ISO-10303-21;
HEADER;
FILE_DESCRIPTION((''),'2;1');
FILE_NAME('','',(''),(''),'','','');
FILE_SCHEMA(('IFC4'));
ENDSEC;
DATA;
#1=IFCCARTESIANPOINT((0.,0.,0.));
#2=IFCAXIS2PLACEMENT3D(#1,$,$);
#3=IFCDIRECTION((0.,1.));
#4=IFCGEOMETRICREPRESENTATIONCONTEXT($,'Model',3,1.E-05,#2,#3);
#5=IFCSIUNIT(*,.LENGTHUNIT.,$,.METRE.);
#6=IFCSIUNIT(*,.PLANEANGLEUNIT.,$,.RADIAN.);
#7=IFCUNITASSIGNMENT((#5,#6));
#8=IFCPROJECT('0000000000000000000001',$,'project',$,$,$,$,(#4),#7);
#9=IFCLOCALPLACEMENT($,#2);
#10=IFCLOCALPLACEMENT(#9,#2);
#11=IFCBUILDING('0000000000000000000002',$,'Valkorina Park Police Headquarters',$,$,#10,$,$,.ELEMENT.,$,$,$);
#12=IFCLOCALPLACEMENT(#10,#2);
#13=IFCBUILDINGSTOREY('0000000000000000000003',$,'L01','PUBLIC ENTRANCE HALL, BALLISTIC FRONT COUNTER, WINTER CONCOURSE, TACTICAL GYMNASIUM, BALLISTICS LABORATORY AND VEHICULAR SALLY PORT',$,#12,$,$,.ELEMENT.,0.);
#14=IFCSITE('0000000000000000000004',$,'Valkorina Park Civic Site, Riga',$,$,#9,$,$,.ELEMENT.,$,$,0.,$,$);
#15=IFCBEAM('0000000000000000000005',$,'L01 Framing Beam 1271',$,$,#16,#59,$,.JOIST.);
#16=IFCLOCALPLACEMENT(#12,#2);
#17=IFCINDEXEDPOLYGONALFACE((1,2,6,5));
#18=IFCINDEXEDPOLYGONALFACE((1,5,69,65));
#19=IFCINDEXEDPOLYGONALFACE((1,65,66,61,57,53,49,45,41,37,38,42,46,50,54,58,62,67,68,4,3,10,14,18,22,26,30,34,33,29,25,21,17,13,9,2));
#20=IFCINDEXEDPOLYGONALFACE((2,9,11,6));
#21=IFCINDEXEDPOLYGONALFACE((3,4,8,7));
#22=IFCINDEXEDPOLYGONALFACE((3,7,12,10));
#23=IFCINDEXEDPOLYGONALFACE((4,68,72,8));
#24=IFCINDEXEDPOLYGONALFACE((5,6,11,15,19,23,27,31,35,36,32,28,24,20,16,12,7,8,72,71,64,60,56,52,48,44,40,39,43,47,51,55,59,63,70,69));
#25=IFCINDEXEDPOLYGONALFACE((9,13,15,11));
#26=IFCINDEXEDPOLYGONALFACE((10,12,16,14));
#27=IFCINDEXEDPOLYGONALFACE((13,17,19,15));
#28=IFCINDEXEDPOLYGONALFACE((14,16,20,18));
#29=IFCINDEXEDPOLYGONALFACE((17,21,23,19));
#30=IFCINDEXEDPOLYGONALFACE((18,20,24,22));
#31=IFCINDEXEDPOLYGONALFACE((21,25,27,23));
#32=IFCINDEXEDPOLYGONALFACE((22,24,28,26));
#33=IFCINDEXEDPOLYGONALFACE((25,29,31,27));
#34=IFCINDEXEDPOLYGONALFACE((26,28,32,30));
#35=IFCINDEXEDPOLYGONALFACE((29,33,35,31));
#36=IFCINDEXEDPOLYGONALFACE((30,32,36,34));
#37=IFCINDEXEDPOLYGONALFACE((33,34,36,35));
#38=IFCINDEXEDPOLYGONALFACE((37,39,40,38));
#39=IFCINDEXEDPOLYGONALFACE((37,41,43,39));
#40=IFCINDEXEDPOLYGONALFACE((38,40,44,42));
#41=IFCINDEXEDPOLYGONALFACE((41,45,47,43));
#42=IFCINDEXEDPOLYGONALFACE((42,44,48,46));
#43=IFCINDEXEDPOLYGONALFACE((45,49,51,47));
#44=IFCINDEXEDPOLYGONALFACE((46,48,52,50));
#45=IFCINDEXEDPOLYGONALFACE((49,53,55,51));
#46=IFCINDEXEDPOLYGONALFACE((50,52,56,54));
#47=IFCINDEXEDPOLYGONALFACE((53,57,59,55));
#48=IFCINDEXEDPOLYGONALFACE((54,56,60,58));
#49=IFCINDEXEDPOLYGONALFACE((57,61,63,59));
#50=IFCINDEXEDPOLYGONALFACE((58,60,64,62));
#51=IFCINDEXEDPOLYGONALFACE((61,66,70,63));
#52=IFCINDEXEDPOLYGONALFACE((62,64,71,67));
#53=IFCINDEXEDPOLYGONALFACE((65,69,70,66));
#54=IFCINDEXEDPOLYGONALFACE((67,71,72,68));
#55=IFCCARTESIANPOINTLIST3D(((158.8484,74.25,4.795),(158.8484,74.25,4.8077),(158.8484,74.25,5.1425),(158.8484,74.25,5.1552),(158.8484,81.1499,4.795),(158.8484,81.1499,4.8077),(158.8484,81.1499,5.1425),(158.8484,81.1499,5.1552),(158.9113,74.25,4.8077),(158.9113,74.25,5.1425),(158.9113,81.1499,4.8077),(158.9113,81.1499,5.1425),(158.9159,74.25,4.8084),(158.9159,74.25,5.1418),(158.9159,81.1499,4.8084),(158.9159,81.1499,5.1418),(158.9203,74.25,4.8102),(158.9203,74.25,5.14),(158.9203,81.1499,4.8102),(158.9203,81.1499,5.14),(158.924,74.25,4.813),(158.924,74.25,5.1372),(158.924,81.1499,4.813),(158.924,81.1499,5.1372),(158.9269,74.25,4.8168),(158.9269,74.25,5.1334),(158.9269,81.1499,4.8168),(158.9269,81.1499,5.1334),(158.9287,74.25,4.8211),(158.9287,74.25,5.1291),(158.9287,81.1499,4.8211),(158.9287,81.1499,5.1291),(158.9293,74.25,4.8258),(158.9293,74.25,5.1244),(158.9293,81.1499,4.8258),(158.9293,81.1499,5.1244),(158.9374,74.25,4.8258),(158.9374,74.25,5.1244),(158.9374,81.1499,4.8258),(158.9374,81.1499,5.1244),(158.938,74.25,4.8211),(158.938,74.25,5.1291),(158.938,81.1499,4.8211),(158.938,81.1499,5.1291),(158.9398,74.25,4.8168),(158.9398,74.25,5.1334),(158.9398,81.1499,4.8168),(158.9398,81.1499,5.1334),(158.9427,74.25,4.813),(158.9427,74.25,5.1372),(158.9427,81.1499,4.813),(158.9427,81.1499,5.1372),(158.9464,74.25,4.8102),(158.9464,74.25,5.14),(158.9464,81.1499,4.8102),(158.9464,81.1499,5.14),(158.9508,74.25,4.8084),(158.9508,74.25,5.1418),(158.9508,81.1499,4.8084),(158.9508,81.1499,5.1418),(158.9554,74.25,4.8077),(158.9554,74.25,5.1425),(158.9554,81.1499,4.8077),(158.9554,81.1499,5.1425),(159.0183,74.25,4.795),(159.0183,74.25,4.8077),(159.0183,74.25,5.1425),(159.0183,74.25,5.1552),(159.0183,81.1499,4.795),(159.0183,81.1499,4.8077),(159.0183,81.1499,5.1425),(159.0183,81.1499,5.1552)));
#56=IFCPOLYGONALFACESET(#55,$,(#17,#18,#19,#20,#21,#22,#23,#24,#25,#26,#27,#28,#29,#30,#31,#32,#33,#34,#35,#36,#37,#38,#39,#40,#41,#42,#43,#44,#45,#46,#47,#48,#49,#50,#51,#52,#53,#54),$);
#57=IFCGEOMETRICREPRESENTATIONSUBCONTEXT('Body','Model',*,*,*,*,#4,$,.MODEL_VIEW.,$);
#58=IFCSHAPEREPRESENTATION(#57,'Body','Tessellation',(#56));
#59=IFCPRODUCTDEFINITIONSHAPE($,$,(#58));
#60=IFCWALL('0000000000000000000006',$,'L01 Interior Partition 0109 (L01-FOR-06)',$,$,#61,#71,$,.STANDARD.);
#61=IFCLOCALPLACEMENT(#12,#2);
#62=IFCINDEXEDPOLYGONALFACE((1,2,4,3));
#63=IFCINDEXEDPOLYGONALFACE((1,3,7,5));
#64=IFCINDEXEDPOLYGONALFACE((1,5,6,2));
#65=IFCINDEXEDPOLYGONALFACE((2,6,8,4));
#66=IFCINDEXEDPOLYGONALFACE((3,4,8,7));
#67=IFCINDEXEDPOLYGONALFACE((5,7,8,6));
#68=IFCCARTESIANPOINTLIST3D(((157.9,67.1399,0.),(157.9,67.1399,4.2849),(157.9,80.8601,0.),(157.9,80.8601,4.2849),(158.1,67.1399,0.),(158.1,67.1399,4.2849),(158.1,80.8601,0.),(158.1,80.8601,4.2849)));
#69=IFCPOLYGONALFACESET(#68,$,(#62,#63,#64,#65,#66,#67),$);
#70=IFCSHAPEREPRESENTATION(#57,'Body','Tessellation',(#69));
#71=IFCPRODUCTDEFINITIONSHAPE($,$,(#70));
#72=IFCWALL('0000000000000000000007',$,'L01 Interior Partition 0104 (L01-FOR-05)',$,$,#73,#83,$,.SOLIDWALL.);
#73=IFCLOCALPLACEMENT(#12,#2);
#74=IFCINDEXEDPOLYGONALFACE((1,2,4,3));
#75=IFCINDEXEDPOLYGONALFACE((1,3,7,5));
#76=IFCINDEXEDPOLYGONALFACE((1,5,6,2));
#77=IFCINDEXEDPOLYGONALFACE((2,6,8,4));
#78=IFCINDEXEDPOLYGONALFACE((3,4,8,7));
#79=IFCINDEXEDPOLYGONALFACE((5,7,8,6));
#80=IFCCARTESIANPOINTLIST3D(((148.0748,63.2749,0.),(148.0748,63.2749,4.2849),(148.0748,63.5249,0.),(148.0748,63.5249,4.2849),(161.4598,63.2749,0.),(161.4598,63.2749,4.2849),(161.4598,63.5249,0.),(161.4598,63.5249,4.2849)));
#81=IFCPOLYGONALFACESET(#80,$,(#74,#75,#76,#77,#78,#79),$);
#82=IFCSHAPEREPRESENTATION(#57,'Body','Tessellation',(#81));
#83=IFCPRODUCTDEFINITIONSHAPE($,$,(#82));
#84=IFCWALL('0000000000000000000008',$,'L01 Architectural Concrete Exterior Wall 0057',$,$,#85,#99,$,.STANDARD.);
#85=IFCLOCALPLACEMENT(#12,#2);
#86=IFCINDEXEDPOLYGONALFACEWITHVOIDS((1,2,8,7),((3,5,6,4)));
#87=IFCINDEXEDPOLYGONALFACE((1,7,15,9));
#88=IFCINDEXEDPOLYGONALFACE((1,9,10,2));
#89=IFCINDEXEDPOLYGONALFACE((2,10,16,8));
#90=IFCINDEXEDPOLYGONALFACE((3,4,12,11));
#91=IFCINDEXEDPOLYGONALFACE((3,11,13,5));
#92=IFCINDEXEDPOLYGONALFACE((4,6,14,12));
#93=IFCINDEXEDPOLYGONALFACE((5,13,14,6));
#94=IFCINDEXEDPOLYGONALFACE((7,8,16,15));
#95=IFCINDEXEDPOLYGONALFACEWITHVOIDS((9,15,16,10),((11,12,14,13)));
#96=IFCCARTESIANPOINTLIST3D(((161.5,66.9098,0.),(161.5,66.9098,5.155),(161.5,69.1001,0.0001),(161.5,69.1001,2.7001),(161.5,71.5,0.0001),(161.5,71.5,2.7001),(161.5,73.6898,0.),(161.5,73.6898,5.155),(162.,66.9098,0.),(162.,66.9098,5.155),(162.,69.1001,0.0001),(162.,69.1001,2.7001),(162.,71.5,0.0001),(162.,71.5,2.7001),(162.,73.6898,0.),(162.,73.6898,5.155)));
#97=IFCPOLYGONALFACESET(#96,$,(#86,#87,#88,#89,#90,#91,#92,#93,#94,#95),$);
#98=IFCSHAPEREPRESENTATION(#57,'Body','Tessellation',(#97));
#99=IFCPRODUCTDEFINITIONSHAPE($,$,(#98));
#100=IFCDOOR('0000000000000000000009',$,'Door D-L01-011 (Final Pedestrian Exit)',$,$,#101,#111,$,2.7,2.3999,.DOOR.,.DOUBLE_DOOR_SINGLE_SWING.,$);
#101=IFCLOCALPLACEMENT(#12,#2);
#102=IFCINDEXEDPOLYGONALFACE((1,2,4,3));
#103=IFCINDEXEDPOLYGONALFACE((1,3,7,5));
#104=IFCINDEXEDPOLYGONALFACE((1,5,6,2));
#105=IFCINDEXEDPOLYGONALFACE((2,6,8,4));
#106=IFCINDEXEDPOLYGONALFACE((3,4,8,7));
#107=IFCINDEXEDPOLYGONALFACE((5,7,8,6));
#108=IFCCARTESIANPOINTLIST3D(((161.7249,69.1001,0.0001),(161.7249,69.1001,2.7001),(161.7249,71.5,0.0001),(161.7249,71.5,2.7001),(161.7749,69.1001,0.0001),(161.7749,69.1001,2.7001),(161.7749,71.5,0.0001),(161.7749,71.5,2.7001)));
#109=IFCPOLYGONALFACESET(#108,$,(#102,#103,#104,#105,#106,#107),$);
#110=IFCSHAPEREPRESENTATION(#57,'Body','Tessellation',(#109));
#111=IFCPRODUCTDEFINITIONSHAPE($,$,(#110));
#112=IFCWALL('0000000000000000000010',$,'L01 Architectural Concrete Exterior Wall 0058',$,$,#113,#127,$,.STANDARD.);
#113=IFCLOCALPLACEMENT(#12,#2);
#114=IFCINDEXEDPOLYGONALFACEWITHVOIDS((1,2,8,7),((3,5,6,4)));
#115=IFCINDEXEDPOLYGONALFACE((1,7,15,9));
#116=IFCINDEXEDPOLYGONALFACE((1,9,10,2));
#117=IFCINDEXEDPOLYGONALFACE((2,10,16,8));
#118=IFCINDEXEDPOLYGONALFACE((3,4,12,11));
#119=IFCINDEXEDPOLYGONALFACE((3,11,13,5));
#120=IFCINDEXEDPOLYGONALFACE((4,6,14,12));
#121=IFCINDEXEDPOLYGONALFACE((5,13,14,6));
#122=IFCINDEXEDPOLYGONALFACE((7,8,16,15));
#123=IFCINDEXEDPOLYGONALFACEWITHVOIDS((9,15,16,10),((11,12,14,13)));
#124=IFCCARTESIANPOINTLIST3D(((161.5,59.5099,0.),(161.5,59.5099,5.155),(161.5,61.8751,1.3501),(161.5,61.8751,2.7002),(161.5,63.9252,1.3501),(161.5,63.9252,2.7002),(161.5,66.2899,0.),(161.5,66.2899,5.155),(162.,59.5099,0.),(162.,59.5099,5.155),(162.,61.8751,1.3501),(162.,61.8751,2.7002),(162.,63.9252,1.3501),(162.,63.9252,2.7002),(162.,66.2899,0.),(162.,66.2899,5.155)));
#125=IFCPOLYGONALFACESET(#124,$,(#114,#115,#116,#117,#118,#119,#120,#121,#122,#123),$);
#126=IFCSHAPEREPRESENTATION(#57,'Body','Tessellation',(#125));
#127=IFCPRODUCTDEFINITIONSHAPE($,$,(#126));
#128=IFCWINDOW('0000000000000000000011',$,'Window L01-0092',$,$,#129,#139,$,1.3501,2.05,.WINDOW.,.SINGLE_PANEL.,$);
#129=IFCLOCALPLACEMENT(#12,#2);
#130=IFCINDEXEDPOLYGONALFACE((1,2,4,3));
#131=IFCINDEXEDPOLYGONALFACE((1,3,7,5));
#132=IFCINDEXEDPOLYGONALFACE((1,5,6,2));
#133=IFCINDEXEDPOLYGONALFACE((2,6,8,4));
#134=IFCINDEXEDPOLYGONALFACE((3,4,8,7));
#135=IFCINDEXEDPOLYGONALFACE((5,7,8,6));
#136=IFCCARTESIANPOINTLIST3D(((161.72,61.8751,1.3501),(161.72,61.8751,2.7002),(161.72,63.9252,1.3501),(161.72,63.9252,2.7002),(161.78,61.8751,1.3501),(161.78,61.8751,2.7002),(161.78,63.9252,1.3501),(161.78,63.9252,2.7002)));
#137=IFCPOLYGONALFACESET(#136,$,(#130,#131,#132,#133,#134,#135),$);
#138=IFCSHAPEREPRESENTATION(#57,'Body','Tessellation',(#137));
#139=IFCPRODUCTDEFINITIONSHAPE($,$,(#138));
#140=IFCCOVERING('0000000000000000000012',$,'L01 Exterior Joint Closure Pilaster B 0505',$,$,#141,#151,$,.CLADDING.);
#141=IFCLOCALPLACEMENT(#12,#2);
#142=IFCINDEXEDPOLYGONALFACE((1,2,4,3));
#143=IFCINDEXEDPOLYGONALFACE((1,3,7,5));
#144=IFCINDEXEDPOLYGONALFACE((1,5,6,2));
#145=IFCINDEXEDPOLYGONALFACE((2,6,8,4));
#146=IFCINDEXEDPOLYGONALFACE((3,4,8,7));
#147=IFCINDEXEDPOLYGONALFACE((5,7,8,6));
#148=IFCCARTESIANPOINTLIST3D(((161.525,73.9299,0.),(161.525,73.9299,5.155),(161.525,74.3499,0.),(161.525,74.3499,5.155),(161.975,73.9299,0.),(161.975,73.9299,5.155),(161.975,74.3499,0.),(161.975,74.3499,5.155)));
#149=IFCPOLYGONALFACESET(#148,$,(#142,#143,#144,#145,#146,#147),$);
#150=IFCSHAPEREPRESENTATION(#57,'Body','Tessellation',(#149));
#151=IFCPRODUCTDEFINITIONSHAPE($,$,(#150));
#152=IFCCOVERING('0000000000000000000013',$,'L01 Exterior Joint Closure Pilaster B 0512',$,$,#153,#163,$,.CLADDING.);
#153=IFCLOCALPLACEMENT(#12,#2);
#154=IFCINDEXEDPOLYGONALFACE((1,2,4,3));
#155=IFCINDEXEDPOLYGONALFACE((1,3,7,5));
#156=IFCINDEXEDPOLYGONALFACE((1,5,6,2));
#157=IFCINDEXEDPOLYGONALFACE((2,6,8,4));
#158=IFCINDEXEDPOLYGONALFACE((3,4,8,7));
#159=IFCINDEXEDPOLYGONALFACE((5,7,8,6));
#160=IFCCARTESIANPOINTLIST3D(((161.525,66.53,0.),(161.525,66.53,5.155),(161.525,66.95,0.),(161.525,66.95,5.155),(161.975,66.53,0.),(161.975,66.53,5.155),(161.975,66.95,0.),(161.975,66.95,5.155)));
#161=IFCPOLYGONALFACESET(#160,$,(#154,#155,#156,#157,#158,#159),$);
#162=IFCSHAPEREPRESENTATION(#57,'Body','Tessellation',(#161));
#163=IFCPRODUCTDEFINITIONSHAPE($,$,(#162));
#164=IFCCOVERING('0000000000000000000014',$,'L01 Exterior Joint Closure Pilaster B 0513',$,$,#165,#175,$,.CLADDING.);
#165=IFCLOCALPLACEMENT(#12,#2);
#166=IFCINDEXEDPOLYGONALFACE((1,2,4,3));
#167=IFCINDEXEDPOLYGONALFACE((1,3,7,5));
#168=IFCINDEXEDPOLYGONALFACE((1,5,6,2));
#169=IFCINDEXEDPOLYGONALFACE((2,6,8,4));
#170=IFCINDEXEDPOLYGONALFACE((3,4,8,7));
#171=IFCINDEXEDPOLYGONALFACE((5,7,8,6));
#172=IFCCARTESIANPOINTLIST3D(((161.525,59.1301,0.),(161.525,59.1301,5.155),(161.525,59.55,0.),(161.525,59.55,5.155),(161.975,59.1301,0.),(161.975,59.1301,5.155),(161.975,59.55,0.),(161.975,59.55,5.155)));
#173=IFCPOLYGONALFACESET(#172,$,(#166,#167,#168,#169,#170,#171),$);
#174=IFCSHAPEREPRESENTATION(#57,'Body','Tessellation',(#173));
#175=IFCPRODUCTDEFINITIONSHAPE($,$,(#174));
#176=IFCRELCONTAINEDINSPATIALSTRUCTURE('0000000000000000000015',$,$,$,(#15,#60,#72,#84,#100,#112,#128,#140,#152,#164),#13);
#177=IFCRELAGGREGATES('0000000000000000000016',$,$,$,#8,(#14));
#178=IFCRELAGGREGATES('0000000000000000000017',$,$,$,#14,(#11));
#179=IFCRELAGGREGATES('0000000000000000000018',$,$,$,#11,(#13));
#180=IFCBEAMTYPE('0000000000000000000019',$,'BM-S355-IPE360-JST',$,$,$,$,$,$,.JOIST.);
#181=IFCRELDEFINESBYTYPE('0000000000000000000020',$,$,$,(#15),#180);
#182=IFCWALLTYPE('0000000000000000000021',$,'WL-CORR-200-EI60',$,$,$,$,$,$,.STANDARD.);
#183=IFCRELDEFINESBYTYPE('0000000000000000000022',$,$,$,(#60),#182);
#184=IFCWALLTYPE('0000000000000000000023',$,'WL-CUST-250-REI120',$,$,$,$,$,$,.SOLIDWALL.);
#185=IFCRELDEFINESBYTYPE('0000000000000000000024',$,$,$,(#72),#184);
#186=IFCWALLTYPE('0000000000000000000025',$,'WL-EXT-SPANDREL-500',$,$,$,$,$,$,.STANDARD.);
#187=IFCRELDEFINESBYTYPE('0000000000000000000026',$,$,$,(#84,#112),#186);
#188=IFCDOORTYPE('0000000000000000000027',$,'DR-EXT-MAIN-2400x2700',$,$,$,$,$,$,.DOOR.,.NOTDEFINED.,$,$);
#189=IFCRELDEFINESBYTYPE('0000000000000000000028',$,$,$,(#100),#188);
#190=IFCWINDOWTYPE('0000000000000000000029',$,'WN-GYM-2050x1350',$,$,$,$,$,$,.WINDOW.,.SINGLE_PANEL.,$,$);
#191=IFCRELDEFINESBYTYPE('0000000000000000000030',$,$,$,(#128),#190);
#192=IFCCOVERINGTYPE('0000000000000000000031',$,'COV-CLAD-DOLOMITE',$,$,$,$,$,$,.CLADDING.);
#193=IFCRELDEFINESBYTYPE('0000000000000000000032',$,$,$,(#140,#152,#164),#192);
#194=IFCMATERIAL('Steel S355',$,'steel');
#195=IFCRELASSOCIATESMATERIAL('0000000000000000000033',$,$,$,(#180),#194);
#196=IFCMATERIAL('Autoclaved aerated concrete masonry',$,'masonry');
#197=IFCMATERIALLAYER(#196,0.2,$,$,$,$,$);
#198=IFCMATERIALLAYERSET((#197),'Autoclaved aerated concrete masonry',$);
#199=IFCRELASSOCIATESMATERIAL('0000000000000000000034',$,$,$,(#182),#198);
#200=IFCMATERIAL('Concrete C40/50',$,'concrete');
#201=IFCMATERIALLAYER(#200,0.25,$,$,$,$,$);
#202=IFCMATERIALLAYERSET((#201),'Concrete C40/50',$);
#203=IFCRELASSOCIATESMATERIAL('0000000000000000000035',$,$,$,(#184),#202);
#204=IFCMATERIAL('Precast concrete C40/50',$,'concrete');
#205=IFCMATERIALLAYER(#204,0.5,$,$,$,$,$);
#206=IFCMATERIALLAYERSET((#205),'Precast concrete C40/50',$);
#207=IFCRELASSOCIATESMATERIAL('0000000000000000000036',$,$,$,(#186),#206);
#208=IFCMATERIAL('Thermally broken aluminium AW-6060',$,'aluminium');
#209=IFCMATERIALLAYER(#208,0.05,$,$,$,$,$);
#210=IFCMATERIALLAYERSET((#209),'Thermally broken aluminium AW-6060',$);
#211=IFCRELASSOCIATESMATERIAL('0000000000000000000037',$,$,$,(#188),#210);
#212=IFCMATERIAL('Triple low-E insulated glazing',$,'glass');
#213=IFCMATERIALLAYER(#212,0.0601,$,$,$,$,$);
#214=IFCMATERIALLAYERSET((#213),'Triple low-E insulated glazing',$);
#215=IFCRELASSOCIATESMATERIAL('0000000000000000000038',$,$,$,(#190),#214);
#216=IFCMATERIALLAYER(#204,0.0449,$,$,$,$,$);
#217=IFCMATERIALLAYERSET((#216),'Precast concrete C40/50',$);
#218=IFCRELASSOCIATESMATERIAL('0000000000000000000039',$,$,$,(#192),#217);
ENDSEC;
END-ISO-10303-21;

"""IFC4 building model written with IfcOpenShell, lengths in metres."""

from ifc_helpers import new_model, si_unit, direction, frame, frame_2d, origin, origin_2d, place, context, subcontext, project, spatial, rectangle, i_section, extrude, material, layer, layer_set, material_profile, profile_set, type_object, element, fill, save


model = new_model("IFC4")

# Units and contexts
model_context = context("Model", 3, precision=1e-05, world=origin(), true_north=direction((0.0, 1.0)))
body_context = subcontext(model_context, "Body", "Model", "MODEL_VIEW")
ifc_project = project(units=[si_unit("LENGTHUNIT", "METRE"), si_unit("PLANEANGLEUNIT", "RADIAN")], contexts=[model_context])

# Site, building, storey
site_placement = place(None, origin())
site = spatial("IfcSite", under=ifc_project, at=site_placement, Name="Valkorina Park Civic Site, Riga", CompositionType="ELEMENT", RefElevation=0.0)
building_placement = place(site_placement, origin())
building = spatial("IfcBuilding", under=site, at=building_placement, Name="Valkorina Park Police Headquarters", CompositionType="ELEMENT")
storey_placement = place(building_placement, origin())
storey = spatial("IfcBuildingStorey", under=building, at=storey_placement, Name="L01", Description="PUBLIC ENTRANCE HALL, BALLISTIC FRONT COUNTER, WINTER CONCOURSE, TACTICAL GYMNASIUM, BALLISTICS LABORATORY AND VEHICULAR SALLY PORT", CompositionType="ELEMENT", Elevation=0.0)

# Shared definitions
ifc_material_1 = material(Name="Concrete C40/50", Category="concrete")

# Beam
ifc_material_2 = material(Name="Steel S355", Category="steel")
ifc_material_profile_1 = material_profile(ifc_material_2, i_section(OverallWidth=0.1699, OverallDepth=0.3601, WebThickness=0.0081, FlangeThickness=0.0127, FilletRadius=0.0181, at=origin_2d()), Name="IPE 360")
ifc_profile_set_1 = profile_set([ifc_material_profile_1], Name="Steel S355")
beam_type_1 = type_object("IfcBeamType", Name="BM-S355-IPE360-JST", PredefinedType="JOIST", material=ifc_profile_set_1)
for number, where, z_axis, x_axis, name in (
    (1, (158.9333, 74.25, 4.9751), (0.0, 1.0, 0.0), (-1.0, 0.0, 0.0), "L01 Framing Beam 1271"),
):
    element("IfcBeam", number, at=place(storey_placement, frame(where, z_axis=z_axis, x_axis=x_axis)), inside=storey, type_object=beam_type_1, Name=name, PredefinedType="JOIST", context=body_context, shape_type="SweptSolid", body=[
        extrude(i_section(OverallWidth=0.1699, OverallDepth=0.3601, WebThickness=0.0081, FlangeThickness=0.0127, FilletRadius=0.0181, at=origin_2d()), origin(), (0.0, 0.0, 1.0), 6.8999),
    ])

# Walls
ifc_material_3 = material(Name="Autoclaved aerated concrete masonry", Category="masonry")
ifc_layer_1 = layer(ifc_material_3, 0.2)
ifc_layer_set_1 = layer_set([ifc_layer_1], Name="Autoclaved aerated concrete masonry")
wall_type_1 = type_object("IfcWallType", Name="WL-CORR-200-EI60", PredefinedType="STANDARD", material=ifc_layer_set_1)
wall_1_placement = place(storey_placement, frame((158.0, 67.1399, 0.0), z_axis=(0.0, 0.0, 1.0), x_axis=(0.0, 1.0, 0.0)))
element("IfcWall", 2, at=wall_1_placement, inside=storey, type_object=wall_type_1, Name="L01 Interior Partition 0109 (L01-FOR-06)", PredefinedType="STANDARD", context=body_context, shape_type="SweptSolid", body=[
    extrude(rectangle(XDim=13.7202, YDim=0.2, at=frame_2d((6.8601, 0.0))), origin(), (0.0, 0.0, 1.0), 4.2849),
])
ifc_layer_2 = layer(ifc_material_1, 0.25)
ifc_layer_set_2 = layer_set([ifc_layer_2], Name="Concrete C40/50")
wall_type_2 = type_object("IfcWallType", Name="WL-CUST-250-REI120", PredefinedType="SOLIDWALL", material=ifc_layer_set_2)
wall_2_placement = place(storey_placement, frame((148.075, 63.3999, 0.0), z_axis=(0.0, 0.0, 1.0), x_axis=(1.0, 0.0, 0.0)))
element("IfcWall", 3, at=wall_2_placement, inside=storey, type_object=wall_type_2, Name="L01 Interior Partition 0104 (L01-FOR-05)", PredefinedType="SOLIDWALL", context=body_context, shape_type="SweptSolid", body=[
    extrude(rectangle(XDim=13.385, YDim=0.25, at=frame_2d((6.6924, 0.0))), origin(), (0.0, 0.0, 1.0), 4.2849),
])

# Wall, opening, door
ifc_material_4 = material(Name="Precast concrete C40/50", Category="concrete")
ifc_layer_3 = layer(ifc_material_4, 0.5)
ifc_layer_set_3 = layer_set([ifc_layer_3], Name="Precast concrete C40/50")
wall_type_3 = type_object("IfcWallType", Name="WL-EXT-SPANDREL-500", PredefinedType="STANDARD", material=ifc_layer_set_3)
wall_3_placement = place(storey_placement, frame((161.75, 73.6899, 0.0), z_axis=(0.0, 0.0, 1.0), x_axis=(0.0, -1.0, 0.0)))
wall_3 = element("IfcWall", 4, at=wall_3_placement, inside=storey, type_object=wall_type_3, Name="L01 Architectural Concrete Exterior Wall 0057", PredefinedType="STANDARD", context=body_context, shape_type="SweptSolid", body=[
    extrude(rectangle(XDim=6.78, YDim=0.5, at=frame_2d((3.3901, 0.0))), origin(), (0.0, 0.0, 1.0), 5.155),
])
opening_1_placement = place(wall_3_placement, frame((2.1899, 0.0, 0.0)))
opening_1 = element("IfcOpeningElement", 5, at=opening_1_placement, cuts=wall_3, PredefinedType="OPENING", context=body_context, shape_type="SweptSolid", body=[
    extrude(rectangle(XDim=2.3999, YDim=2.7, at=frame_2d((1.2, 1.3501))), frame((0.0, 0.26, 0.0), z_axis=(0.0, -1.0, 0.0), x_axis=(1.0, 0.0, 0.0)), (0.0, 0.0, 1.0), 0.52),
])
ifc_material_5 = material(Name="Thermally broken aluminium AW-6060", Category="aluminium")
ifc_layer_4 = layer(ifc_material_5, 0.05)
ifc_layer_set_4 = layer_set([ifc_layer_4], Name="Thermally broken aluminium AW-6060")
door_type = type_object("IfcDoorType", Name="DR-EXT-MAIN-2400x2700", OperationType="NOTDEFINED", PredefinedType="DOOR", material=ifc_layer_set_4)
door_placement = place(opening_1_placement, origin())
door = element("IfcDoor", 6, at=door_placement, inside=storey, type_object=door_type, Name="Door D-L01-011 (Final Pedestrian Exit)", OperationType="DOUBLE_DOOR_SINGLE_SWING", OverallHeight=2.7, OverallWidth=2.3999, PredefinedType="DOOR", context=body_context, shape_type="SweptSolid", body=[
    extrude(rectangle(XDim=2.3999, YDim=2.7, at=frame_2d((1.2, 1.3501))), frame((0.0, 0.0249, 0.0), z_axis=(0.0, -1.0, 0.0), x_axis=(1.0, 0.0, 0.0)), (0.0, 0.0, 1.0), 0.05),
])
fill(opening_1, door)

# Wall, opening, window
wall_4_placement = place(storey_placement, frame((161.75, 66.29, 0.0), z_axis=(0.0, 0.0, 1.0), x_axis=(0.0, -1.0, 0.0)))
wall_4 = element("IfcWall", 7, at=wall_4_placement, inside=storey, type_object=wall_type_3, Name="L01 Architectural Concrete Exterior Wall 0058", PredefinedType="STANDARD", context=body_context, shape_type="SweptSolid", body=[
    extrude(rectangle(XDim=6.78, YDim=0.5, at=frame_2d((3.3901, 0.0))), origin(), (0.0, 0.0, 1.0), 5.155),
])
opening_2_placement = place(wall_4_placement, frame((2.365, 0.0, 1.3501)))
opening_2 = element("IfcOpeningElement", 8, at=opening_2_placement, cuts=wall_4, PredefinedType="OPENING", context=body_context, shape_type="SweptSolid", body=[
    extrude(rectangle(XDim=2.05, YDim=1.3501, at=frame_2d((1.0249, 0.675))), frame((0.0, 0.26, 0.0), z_axis=(0.0, -1.0, 0.0), x_axis=(1.0, 0.0, 0.0)), (0.0, 0.0, 1.0), 0.52),
])
ifc_material_6 = material(Name="Triple low-E insulated glazing", Category="glass")
ifc_layer_5 = layer(ifc_material_6, 0.0601)
ifc_layer_set_5 = layer_set([ifc_layer_5], Name="Triple low-E insulated glazing")
window_type = type_object("IfcWindowType", Name="WN-GYM-2050x1350", PartitioningType="SINGLE_PANEL", PredefinedType="WINDOW", material=ifc_layer_set_5)
window_placement = place(opening_2_placement, origin())
window = element("IfcWindow", 9, at=window_placement, inside=storey, type_object=window_type, Name="Window L01-0092", OverallHeight=1.3501, OverallWidth=2.05, PartitioningType="SINGLE_PANEL", PredefinedType="WINDOW", context=body_context, shape_type="SweptSolid", body=[
    extrude(rectangle(XDim=2.05, YDim=1.3501, at=frame_2d((1.0249, 0.675))), frame((0.0, 0.03, 0.0), z_axis=(0.0, -1.0, 0.0), x_axis=(1.0, 0.0, 0.0)), (0.0, 0.0, 1.0), 0.0601),
])
fill(opening_2, window)

# Coverings
ifc_layer_6 = layer(ifc_material_4, 0.0449)
ifc_layer_set_6 = layer_set([ifc_layer_6], Name="Precast concrete C40/50")
covering_type = type_object("IfcCoveringType", Name="COV-CLAD-DOLOMITE", PredefinedType="CLADDING", material=ifc_layer_set_6)
for number, where, z_axis, x_axis, name in (
    (10, (161.75, 74.1399, 0.0), (0.0, 0.0, 1.0), (0.0, 1.0, 0.0), "L01 Exterior Joint Closure Pilaster B 0505"),
    (11, (161.75, 66.74, 0.0), (0.0, 0.0, 1.0), (0.0, 1.0, 0.0), "L01 Exterior Joint Closure Pilaster B 0512"),
    (12, (161.75, 59.3401, 0.0), (0.0, 0.0, 1.0), (0.0, 1.0, 0.0), "L01 Exterior Joint Closure Pilaster B 0513"),
):
    element("IfcCovering", number, at=place(storey_placement, frame(where, z_axis=z_axis, x_axis=x_axis)), inside=storey, type_object=covering_type, Name=name, PredefinedType="CLADDING", context=body_context, shape_type="SweptSolid", body=[
        extrude(rectangle(XDim=0.4199, YDim=0.45, at=origin_2d()), origin(), (0.0, 0.0, 1.0), 5.155),
    ])

save(model, "model.ifc")
